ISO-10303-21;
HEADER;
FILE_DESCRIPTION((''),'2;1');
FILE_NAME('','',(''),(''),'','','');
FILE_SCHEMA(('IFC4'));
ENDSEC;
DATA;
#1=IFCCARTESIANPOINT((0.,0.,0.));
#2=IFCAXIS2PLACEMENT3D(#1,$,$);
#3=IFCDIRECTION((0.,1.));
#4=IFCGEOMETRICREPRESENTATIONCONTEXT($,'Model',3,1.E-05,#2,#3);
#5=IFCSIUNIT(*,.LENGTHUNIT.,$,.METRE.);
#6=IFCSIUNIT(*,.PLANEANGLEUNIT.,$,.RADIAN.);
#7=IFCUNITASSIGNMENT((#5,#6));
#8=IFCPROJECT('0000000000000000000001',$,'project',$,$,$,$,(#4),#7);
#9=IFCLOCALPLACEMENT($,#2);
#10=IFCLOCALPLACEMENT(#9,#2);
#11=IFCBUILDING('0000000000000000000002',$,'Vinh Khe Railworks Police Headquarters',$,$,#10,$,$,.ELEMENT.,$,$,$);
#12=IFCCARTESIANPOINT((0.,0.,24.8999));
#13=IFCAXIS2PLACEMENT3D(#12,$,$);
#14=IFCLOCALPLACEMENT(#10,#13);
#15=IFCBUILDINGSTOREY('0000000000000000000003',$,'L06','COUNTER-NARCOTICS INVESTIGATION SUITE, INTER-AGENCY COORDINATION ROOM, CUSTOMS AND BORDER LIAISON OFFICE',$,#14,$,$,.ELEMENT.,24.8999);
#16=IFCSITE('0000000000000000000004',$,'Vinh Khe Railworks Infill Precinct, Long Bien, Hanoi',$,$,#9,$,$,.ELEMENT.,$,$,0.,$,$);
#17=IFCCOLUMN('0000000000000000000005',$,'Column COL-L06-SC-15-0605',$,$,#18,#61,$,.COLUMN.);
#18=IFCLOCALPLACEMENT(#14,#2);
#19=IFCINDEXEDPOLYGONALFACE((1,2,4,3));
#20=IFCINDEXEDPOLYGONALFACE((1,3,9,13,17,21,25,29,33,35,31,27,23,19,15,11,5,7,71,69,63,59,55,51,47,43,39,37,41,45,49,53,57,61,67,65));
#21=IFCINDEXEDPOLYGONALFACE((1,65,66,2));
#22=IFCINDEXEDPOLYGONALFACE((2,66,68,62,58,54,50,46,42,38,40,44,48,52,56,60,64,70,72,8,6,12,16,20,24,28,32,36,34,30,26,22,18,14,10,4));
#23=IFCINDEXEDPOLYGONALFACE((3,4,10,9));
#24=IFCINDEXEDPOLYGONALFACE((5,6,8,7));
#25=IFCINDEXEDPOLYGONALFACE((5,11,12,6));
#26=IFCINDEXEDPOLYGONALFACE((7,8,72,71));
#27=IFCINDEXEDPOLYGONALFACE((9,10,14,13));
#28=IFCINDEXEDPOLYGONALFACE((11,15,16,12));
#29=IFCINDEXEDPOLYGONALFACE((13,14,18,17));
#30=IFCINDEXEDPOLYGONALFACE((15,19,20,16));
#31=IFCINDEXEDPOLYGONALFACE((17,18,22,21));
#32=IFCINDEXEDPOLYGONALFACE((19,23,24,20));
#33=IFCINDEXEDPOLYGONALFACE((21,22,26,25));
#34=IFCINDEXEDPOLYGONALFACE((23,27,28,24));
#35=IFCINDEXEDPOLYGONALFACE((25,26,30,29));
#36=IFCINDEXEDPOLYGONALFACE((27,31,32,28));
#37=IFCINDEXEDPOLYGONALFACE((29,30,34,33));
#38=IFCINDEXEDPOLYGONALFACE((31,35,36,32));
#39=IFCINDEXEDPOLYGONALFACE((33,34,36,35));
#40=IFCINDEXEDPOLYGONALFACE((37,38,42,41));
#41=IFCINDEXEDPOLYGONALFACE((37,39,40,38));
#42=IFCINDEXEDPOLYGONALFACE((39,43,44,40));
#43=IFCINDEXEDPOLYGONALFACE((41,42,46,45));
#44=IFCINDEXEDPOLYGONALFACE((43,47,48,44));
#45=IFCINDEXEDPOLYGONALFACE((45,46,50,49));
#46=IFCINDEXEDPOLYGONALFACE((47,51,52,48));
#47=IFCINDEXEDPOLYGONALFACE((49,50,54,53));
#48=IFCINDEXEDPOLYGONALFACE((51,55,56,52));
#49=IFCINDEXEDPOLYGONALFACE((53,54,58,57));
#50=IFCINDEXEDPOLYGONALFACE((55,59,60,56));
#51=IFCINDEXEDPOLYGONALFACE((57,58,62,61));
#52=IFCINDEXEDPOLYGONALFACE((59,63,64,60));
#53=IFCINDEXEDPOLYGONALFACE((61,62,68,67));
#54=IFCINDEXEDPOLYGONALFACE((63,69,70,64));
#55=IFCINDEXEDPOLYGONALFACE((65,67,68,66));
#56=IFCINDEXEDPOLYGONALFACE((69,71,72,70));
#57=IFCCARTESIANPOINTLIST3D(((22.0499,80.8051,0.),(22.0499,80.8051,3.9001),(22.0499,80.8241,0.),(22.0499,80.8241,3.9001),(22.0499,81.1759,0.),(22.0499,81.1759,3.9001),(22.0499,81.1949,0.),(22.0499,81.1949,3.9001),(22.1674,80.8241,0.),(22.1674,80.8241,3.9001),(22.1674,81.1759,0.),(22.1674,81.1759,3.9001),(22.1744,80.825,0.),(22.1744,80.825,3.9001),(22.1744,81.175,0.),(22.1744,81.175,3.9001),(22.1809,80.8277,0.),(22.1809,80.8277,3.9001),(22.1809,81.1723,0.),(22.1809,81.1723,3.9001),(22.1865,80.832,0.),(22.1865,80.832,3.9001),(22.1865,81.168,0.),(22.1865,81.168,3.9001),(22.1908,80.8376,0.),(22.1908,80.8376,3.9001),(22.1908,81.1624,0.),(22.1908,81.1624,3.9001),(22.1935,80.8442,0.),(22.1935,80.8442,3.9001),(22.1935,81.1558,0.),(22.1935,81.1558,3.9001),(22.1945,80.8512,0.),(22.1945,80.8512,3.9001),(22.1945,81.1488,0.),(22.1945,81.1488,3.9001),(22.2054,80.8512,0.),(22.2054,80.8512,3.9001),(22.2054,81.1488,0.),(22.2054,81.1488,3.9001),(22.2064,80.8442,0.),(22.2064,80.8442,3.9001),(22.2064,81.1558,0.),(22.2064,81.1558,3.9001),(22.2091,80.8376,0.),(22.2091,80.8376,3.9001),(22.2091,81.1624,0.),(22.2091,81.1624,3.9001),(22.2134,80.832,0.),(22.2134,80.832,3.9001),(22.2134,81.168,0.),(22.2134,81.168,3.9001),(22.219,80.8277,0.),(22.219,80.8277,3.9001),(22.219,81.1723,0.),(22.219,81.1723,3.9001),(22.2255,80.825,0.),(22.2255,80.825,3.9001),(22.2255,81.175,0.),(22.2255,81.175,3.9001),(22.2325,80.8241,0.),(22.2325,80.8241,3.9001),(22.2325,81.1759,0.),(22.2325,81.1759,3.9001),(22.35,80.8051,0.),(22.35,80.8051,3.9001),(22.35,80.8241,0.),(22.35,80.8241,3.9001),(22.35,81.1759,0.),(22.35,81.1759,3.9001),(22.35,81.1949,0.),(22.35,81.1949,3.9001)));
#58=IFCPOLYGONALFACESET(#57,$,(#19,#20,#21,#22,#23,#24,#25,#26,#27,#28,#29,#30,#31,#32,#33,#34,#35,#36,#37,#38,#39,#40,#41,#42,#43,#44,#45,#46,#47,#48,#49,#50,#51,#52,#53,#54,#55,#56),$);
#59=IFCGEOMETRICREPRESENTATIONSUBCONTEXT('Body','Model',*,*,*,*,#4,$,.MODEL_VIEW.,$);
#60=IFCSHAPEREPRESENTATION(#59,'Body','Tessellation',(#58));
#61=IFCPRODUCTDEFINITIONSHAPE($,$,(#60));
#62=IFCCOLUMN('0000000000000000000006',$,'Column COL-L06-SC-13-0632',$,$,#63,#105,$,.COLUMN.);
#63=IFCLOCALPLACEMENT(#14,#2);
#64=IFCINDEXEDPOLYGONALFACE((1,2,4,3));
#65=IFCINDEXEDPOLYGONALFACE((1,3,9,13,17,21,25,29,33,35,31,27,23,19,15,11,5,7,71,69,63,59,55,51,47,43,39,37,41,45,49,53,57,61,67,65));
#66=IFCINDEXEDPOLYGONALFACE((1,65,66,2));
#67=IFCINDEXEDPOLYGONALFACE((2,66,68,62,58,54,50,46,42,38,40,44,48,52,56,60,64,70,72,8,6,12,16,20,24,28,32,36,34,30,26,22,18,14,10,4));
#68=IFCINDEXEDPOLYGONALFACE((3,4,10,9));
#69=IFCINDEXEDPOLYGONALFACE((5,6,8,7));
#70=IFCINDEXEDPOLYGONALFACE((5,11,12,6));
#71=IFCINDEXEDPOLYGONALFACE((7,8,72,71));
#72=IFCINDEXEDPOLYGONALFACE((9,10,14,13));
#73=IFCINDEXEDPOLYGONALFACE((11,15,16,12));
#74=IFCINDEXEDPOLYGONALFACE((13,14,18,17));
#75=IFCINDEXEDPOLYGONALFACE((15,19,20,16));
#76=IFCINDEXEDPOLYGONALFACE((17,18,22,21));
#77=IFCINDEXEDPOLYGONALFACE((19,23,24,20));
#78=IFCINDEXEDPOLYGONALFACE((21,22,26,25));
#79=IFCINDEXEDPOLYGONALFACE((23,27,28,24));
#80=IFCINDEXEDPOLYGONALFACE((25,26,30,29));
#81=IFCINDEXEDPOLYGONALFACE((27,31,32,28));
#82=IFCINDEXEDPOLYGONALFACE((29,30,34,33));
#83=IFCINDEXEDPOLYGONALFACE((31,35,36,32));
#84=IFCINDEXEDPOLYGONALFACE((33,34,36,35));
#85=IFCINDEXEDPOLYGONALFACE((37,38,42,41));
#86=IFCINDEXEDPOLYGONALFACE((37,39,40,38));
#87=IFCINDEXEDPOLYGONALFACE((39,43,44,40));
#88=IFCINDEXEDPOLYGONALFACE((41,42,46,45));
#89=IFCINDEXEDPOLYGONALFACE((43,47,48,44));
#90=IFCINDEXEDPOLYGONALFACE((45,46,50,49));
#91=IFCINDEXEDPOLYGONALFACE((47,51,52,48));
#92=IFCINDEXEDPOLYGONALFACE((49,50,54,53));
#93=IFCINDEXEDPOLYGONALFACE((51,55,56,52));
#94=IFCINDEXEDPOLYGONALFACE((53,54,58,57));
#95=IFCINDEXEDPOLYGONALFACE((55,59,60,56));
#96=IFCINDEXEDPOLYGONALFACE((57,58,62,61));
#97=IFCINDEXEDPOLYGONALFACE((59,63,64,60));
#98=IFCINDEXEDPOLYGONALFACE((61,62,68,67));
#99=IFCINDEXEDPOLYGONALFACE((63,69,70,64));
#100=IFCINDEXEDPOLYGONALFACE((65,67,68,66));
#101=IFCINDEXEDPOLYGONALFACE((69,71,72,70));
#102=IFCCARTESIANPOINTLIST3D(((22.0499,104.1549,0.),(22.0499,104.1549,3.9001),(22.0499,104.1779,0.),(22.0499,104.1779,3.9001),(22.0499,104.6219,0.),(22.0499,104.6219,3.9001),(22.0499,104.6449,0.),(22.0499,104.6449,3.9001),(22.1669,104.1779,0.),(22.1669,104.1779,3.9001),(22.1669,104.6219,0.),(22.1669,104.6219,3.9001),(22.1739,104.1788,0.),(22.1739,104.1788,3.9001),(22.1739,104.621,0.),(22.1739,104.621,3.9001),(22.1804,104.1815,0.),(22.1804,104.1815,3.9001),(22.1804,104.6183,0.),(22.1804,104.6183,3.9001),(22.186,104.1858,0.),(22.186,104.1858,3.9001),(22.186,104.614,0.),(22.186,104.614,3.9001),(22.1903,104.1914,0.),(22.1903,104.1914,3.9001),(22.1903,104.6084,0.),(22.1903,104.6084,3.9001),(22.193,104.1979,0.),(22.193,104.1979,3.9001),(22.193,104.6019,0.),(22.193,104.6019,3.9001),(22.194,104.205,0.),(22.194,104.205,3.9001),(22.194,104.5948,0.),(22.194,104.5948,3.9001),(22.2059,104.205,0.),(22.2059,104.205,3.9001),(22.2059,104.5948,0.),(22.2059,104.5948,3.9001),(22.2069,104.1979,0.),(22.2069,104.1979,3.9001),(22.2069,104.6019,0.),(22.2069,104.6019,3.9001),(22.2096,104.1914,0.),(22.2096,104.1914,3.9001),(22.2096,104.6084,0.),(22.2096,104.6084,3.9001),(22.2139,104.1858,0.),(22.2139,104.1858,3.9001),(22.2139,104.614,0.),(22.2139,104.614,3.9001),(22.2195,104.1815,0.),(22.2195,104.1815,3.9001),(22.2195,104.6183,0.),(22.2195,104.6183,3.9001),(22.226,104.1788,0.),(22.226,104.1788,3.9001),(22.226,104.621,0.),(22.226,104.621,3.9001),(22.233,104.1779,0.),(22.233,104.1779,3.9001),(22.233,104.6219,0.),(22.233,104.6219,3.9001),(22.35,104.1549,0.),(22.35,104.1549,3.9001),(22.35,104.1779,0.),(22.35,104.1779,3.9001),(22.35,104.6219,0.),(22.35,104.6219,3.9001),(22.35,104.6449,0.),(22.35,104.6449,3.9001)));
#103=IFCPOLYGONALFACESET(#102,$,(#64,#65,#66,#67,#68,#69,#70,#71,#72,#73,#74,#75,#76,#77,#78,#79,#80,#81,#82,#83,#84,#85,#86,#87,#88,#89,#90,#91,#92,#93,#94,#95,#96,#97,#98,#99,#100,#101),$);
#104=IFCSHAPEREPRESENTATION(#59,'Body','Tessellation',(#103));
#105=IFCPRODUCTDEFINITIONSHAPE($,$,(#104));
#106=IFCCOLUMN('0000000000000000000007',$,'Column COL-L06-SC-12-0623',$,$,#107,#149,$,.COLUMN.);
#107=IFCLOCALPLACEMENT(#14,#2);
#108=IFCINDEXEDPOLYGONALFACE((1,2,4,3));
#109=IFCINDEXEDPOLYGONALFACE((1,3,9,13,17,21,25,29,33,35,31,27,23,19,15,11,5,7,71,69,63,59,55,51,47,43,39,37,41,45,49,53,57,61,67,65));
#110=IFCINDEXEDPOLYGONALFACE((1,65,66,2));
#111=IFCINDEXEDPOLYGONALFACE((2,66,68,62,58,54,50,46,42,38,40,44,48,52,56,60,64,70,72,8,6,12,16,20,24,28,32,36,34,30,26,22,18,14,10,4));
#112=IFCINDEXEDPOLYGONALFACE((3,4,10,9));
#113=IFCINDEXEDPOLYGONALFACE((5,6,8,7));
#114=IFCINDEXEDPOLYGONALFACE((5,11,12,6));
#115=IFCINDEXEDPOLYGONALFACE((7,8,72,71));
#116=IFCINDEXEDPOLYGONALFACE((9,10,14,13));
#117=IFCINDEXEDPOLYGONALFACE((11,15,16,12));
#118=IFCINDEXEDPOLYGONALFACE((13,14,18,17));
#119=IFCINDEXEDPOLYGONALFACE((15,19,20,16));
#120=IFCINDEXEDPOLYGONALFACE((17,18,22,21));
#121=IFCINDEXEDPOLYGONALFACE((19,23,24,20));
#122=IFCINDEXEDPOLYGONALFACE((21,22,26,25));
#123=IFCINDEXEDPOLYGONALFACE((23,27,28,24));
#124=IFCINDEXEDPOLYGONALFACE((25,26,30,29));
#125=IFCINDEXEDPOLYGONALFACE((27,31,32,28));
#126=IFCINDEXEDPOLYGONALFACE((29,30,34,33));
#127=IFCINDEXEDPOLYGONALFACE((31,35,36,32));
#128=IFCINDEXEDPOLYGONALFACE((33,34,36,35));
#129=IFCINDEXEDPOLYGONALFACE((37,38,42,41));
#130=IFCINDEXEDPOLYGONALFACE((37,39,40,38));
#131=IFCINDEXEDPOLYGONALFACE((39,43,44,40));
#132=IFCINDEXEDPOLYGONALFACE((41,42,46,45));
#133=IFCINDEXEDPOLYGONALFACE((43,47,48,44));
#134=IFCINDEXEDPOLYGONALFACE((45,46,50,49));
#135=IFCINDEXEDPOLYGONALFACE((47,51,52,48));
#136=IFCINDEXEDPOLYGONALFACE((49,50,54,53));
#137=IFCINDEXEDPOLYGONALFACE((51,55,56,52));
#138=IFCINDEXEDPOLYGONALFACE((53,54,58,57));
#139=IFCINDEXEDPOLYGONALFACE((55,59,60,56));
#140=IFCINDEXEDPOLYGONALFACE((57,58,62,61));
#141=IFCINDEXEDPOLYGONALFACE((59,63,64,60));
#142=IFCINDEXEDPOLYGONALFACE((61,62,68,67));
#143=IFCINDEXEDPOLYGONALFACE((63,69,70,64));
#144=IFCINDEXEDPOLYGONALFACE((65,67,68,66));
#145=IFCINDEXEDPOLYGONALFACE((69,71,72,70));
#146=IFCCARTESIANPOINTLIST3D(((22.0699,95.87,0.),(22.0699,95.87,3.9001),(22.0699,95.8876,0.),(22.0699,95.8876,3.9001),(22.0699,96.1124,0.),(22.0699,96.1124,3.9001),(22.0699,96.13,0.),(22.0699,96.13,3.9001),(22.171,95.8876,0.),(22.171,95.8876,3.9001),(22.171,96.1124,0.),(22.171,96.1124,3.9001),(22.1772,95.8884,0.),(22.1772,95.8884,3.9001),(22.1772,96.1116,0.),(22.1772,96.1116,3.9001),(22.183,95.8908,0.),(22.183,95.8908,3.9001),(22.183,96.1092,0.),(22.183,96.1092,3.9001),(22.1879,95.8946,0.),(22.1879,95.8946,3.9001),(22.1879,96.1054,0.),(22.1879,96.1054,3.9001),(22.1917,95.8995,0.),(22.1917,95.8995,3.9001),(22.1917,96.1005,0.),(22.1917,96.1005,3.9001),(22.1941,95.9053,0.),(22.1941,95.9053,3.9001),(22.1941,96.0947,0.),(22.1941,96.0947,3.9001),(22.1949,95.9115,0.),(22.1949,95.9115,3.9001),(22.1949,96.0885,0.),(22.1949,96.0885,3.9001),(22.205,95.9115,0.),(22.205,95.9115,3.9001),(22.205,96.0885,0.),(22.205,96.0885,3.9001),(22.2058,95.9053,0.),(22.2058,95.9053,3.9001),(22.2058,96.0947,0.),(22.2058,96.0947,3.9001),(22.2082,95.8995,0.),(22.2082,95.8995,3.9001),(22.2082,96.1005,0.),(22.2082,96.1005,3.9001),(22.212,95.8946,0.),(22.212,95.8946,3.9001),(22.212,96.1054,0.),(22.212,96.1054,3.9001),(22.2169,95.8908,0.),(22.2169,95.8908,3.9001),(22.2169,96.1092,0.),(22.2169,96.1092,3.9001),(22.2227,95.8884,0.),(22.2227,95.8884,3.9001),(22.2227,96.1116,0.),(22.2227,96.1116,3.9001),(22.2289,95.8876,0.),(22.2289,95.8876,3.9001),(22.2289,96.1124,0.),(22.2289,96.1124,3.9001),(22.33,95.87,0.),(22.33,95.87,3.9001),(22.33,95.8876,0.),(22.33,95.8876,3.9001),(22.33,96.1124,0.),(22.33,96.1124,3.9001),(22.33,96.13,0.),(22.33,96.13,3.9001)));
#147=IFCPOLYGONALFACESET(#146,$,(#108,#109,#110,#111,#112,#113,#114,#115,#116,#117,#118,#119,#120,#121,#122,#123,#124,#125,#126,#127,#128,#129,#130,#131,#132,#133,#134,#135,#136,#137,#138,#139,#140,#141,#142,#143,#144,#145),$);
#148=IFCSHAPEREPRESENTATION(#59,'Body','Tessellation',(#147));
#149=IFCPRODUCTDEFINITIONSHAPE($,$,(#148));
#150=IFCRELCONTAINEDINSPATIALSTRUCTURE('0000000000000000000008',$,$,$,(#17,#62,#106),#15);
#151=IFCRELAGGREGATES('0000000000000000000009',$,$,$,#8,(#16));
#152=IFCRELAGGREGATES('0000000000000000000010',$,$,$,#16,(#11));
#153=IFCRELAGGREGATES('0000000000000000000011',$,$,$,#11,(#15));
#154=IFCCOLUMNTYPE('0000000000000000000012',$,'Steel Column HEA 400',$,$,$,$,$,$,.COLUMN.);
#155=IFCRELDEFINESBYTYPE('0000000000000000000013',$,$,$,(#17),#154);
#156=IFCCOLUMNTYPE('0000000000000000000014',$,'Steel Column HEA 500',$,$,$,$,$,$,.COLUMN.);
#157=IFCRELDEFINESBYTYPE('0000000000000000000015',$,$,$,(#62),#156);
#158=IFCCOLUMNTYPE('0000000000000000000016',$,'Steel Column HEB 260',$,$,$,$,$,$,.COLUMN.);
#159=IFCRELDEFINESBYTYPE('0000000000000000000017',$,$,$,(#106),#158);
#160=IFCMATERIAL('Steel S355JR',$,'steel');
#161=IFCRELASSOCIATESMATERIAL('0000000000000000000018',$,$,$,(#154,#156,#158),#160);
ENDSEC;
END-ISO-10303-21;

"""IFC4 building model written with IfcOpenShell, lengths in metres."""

from ifc_helpers import new_model, si_unit, direction, frame, origin, origin_2d, place, context, subcontext, project, spatial, i_section, extrude, material, material_profile, profile_set, type_object, element, save


model = new_model("IFC4")

# Units and contexts
model_context = context("Model", 3, precision=1e-05, world=origin(), true_north=direction((0.0, 1.0)))
body_context = subcontext(model_context, "Body", "Model", "MODEL_VIEW")
ifc_project = project(units=[si_unit("LENGTHUNIT", "METRE"), si_unit("PLANEANGLEUNIT", "RADIAN")], contexts=[model_context])

# Site, building, storey
site_placement = place(None, origin())
site = spatial("IfcSite", under=ifc_project, at=site_placement, Name="Vinh Khe Railworks Infill Precinct, Long Bien, Hanoi", CompositionType="ELEMENT", RefElevation=0.0)
building_placement = place(site_placement, origin())
building = spatial("IfcBuilding", under=site, at=building_placement, Name="Vinh Khe Railworks Police Headquarters", CompositionType="ELEMENT")
storey_placement = place(building_placement, frame((0.0, 0.0, 24.8999)))
storey = spatial("IfcBuildingStorey", under=building, at=storey_placement, Name="L06", Description="COUNTER-NARCOTICS INVESTIGATION SUITE, INTER-AGENCY COORDINATION ROOM, CUSTOMS AND BORDER LIAISON OFFICE", CompositionType="ELEMENT", Elevation=24.8999)

# Columns
ifc_material_1 = material(Name="Steel S355JR", Category="steel")
ifc_material_profile_1 = material_profile(ifc_material_1, i_section(OverallWidth=0.3, OverallDepth=0.3899, WebThickness=0.011, FlangeThickness=0.019, FilletRadius=0.0271, at=origin_2d()), Name="HEA 400")
ifc_profile_set_1 = profile_set([ifc_material_profile_1], Name="Steel S355JR")
column_type_1 = type_object("IfcColumnType", Name="Steel Column HEA 400", PredefinedType="COLUMN", material=ifc_profile_set_1)
column_1_placement = place(storey_placement, frame((22.2, 81.0, 0.0), z_axis=(0.0, 0.0, 1.0), x_axis=(1.0, 0.0, 0.0)))
element("IfcColumn", 1, at=column_1_placement, inside=storey, type_object=column_type_1, Name="Column COL-L06-SC-15-0605", PredefinedType="COLUMN", context=body_context, shape_type="SweptSolid", body=[
    extrude(i_section(OverallWidth=0.3, OverallDepth=0.3899, WebThickness=0.011, FlangeThickness=0.019, FilletRadius=0.0271, at=origin_2d()), origin(), (0.0, 0.0, 1.0), 3.9001),
])
ifc_material_profile_2 = material_profile(ifc_material_1, i_section(OverallWidth=0.3, OverallDepth=0.49, WebThickness=0.012, FlangeThickness=0.0229, FilletRadius=0.0271, at=origin_2d()), Name="HEA 500")
ifc_profile_set_2 = profile_set([ifc_material_profile_2], Name="Steel S355JR")
column_type_2 = type_object("IfcColumnType", Name="Steel Column HEA 500", PredefinedType="COLUMN", material=ifc_profile_set_2)
column_2_placement = place(storey_placement, frame((22.2, 104.3999, 0.0), z_axis=(0.0, 0.0, 1.0), x_axis=(1.0, 0.0, 0.0)))
element("IfcColumn", 2, at=column_2_placement, inside=storey, type_object=column_type_2, Name="Column COL-L06-SC-13-0632", PredefinedType="COLUMN", context=body_context, shape_type="SweptSolid", body=[
    extrude(i_section(OverallWidth=0.3, OverallDepth=0.49, WebThickness=0.012, FlangeThickness=0.0229, FilletRadius=0.0271, at=origin_2d()), origin(), (0.0, 0.0, 1.0), 3.9001),
])
ifc_material_profile_3 = material_profile(ifc_material_1, i_section(OverallWidth=0.26, OverallDepth=0.26, WebThickness=0.01, FlangeThickness=0.0176, FilletRadius=0.0239, at=origin_2d()), Name="HEB 260")
ifc_profile_set_3 = profile_set([ifc_material_profile_3], Name="Steel S355JR")
column_type_3 = type_object("IfcColumnType", Name="Steel Column HEB 260", PredefinedType="COLUMN", material=ifc_profile_set_3)
column_3_placement = place(storey_placement, frame((22.2, 96.0, 0.0), z_axis=(0.0, 0.0, 1.0), x_axis=(1.0, 0.0, 0.0)))
element("IfcColumn", 3, at=column_3_placement, inside=storey, type_object=column_type_3, Name="Column COL-L06-SC-12-0623", PredefinedType="COLUMN", context=body_context, shape_type="SweptSolid", body=[
    extrude(i_section(OverallWidth=0.26, OverallDepth=0.26, WebThickness=0.01, FlangeThickness=0.0176, FilletRadius=0.0239, at=origin_2d()), origin(), (0.0, 0.0, 1.0), 3.9001),
])

save(model, "model.ifc")
